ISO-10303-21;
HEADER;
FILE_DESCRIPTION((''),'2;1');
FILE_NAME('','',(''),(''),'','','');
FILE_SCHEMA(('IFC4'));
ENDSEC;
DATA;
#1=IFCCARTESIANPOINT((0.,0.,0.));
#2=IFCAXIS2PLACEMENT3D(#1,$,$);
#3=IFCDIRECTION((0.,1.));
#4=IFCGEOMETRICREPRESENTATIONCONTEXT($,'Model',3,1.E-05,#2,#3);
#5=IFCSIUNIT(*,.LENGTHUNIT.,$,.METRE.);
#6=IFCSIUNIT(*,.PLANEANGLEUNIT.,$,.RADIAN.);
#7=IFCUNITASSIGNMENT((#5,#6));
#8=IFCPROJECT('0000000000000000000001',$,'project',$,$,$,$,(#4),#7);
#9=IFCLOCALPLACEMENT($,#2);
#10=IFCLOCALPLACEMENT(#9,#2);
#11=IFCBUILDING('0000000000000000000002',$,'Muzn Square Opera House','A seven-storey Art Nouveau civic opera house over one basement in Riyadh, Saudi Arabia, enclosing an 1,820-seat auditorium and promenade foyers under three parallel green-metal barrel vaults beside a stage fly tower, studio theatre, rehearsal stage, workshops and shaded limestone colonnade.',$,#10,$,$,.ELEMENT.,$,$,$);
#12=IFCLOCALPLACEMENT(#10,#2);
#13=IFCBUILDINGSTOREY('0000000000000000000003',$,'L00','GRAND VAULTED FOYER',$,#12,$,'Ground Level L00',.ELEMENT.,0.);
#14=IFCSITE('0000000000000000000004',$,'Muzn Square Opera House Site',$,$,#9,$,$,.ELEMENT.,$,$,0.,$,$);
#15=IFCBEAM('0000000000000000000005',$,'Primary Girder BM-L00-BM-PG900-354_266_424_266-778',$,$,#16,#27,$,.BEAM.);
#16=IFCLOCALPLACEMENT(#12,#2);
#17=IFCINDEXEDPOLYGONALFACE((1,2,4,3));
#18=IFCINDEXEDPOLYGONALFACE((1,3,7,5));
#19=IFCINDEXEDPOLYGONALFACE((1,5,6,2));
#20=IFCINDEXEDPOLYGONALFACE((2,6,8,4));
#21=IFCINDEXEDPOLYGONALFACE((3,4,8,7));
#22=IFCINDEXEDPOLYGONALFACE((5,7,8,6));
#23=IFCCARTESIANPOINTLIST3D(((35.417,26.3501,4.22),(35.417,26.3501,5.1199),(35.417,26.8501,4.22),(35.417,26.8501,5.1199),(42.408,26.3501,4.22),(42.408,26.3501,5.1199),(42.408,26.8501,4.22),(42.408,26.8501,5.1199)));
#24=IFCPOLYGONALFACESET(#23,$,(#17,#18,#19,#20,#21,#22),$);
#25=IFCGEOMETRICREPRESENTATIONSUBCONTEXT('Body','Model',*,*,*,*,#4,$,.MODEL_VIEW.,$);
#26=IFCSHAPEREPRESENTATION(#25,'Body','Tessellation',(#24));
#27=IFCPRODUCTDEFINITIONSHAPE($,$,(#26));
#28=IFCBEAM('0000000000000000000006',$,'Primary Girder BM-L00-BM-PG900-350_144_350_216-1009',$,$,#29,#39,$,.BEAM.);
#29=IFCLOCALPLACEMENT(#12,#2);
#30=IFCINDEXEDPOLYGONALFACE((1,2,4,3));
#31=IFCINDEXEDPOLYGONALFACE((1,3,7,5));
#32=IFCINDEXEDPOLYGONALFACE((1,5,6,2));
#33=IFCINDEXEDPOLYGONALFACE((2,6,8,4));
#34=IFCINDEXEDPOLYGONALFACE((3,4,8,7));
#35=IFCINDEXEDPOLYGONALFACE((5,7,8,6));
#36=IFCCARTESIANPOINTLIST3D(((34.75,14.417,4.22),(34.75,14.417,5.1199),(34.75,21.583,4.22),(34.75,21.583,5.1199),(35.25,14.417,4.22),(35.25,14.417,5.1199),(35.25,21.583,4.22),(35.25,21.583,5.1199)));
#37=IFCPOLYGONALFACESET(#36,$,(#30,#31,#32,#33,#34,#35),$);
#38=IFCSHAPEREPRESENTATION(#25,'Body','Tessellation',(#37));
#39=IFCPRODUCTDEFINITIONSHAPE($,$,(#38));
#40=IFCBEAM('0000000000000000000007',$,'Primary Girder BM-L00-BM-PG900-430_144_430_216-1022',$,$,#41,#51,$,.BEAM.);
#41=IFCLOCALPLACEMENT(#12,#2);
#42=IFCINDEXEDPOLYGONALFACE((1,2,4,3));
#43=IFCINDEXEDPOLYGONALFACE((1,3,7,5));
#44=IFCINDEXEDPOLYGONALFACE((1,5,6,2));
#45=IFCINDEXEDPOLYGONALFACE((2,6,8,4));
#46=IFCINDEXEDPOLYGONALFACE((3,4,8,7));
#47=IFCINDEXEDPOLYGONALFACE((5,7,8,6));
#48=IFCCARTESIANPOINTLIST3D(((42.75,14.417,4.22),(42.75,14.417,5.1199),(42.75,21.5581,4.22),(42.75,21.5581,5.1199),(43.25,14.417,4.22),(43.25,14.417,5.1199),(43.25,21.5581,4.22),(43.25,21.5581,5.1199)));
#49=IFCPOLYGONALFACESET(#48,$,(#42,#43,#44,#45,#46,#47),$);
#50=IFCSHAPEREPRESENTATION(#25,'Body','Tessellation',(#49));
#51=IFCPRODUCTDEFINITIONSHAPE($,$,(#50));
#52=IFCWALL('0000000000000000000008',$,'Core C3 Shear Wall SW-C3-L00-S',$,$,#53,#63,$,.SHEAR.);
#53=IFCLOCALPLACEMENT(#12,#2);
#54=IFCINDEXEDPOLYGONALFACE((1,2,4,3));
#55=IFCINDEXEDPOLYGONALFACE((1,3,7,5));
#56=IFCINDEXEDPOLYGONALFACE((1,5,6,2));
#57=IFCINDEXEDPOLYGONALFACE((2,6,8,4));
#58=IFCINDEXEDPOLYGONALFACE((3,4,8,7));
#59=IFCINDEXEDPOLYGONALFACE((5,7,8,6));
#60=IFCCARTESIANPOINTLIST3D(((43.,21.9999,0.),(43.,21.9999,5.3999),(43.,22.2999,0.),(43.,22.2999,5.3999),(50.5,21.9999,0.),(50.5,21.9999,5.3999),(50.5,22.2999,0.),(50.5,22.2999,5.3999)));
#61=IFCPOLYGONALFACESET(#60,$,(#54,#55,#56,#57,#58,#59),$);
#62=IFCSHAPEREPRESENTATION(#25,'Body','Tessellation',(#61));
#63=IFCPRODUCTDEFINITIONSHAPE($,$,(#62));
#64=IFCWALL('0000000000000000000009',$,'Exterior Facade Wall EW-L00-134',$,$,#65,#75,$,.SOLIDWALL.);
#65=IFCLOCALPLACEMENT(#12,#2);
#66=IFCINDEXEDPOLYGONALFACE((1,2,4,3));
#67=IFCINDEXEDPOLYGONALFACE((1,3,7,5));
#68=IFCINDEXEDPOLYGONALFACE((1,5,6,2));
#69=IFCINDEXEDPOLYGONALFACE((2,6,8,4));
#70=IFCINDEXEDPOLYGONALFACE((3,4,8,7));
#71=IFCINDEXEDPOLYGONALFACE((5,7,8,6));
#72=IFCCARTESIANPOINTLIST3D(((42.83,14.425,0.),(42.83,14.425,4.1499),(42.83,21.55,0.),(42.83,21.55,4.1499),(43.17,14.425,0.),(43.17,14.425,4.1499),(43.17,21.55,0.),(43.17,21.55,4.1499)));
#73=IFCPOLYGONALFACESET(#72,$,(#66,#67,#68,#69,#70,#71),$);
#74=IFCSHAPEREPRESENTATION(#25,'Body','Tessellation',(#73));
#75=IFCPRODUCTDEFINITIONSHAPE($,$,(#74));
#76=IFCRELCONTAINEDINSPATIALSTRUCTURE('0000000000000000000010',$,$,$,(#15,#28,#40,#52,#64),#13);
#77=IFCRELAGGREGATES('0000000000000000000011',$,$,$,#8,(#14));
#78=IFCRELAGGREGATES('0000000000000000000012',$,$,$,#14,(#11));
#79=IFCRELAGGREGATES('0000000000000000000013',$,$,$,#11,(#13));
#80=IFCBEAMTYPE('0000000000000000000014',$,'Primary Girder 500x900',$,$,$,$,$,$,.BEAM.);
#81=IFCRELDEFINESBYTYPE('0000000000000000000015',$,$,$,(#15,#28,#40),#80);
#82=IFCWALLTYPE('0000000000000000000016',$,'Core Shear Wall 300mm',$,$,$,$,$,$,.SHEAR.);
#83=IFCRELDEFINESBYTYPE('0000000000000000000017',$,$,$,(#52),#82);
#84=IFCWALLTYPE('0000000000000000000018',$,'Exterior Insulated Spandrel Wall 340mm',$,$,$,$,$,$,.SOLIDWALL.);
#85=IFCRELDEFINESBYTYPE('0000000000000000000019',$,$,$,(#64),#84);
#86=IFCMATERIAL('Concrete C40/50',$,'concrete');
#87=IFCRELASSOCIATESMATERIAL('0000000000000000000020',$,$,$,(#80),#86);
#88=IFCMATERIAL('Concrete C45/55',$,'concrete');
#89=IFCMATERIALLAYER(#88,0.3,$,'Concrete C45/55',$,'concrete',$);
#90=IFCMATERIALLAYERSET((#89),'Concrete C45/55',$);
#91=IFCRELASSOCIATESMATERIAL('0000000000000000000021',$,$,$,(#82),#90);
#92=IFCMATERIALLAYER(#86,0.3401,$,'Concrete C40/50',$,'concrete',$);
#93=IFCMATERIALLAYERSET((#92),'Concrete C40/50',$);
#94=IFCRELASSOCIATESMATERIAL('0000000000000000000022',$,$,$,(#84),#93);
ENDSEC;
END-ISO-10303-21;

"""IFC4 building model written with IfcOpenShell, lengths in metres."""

from ifc_helpers import new_model, si_unit, direction, frame, frame_2d, origin, origin_2d, place, context, subcontext, project, spatial, rectangle, extrude, material, layer, layer_set, material_profile, profile_set, type_object, element, save


model = new_model("IFC4")

# Units and contexts
model_context = context("Model", 3, precision=1e-05, world=origin(), true_north=direction((0.0, 1.0)))
body_context = subcontext(model_context, "Body", "Model", "MODEL_VIEW")
ifc_project = project(units=[si_unit("LENGTHUNIT", "METRE"), si_unit("PLANEANGLEUNIT", "RADIAN")], contexts=[model_context])

# Site, building, storey
site_placement = place(None, origin())
site = spatial("IfcSite", under=ifc_project, at=site_placement, Name="Muzn Square Opera House Site", CompositionType="ELEMENT", RefElevation=0.0)
building_placement = place(site_placement, origin())
building = spatial("IfcBuilding", under=site, at=building_placement, Name="Muzn Square Opera House", Description="A seven-storey Art Nouveau civic opera house over one basement in Riyadh, Saudi Arabia, enclosing an 1,820-seat auditorium and promenade foyers under three parallel green-metal barrel vaults beside a stage fly tower, studio theatre, rehearsal stage, workshops and shaded limestone colonnade.", CompositionType="ELEMENT")
storey_placement = place(building_placement, origin())
storey = spatial("IfcBuildingStorey", under=building, at=storey_placement, Name="L00", Description="GRAND VAULTED FOYER", LongName="Ground Level L00", CompositionType="ELEMENT", Elevation=0.0)

# Shared definitions
ifc_material_1 = material(Name="Concrete C45/55", Category="concrete")

# Beams
ifc_material_2 = material(Name="Concrete C40/50", Category="concrete")
ifc_material_profile_1 = material_profile(ifc_material_2, rectangle(XDim=0.5, YDim=0.8999, at=origin_2d()), Name="RCB 500x900", Category="concrete")
ifc_profile_set_1 = profile_set([ifc_material_profile_1], Name="Concrete C40/50")
beam_type_1 = type_object("IfcBeamType", Name="Primary Girder 500x900", PredefinedType="BEAM", material=ifc_profile_set_1)
beam_1_placement = place(storey_placement, frame((35.417, 26.6001, 4.6699), z_axis=(1.0, 0.0, 0.0), x_axis=(0.0, 1.0, 0.0)))
element("IfcBeam", 1, at=beam_1_placement, inside=storey, type_object=beam_type_1, Name="Primary Girder BM-L00-BM-PG900-354_266_424_266-778", PredefinedType="BEAM", context=body_context, shape_type="SweptSolid", body=[
    extrude(rectangle(XDim=0.5, YDim=0.8999, at=origin_2d()), origin(), (0.0, 0.0, 1.0), 6.991),
])
beam_2_placement = place(storey_placement, frame((35.0, 14.417, 4.6699), z_axis=(0.0, 1.0, 0.0), x_axis=(-1.0, 0.0, 0.0)))
element("IfcBeam", 2, at=beam_2_placement, inside=storey, type_object=beam_type_1, Name="Primary Girder BM-L00-BM-PG900-350_144_350_216-1009", PredefinedType="BEAM", context=body_context, shape_type="SweptSolid", body=[
    extrude(rectangle(XDim=0.5, YDim=0.8999, at=origin_2d()), origin(), (0.0, 0.0, 1.0), 7.166),
])
beam_3_placement = place(storey_placement, frame((43.0, 14.417, 4.6699), z_axis=(0.0, 1.0, 0.0), x_axis=(-1.0, 0.0, 0.0)))
element("IfcBeam", 3, at=beam_3_placement, inside=storey, type_object=beam_type_1, Name="Primary Girder BM-L00-BM-PG900-430_144_430_216-1022", PredefinedType="BEAM", context=body_context, shape_type="SweptSolid", body=[
    extrude(rectangle(XDim=0.5, YDim=0.8999, at=origin_2d()), origin(), (0.0, 0.0, 1.0), 7.1411),
])

# Walls
ifc_layer_1 = layer(ifc_material_1, 0.3, Name="Concrete C45/55", Category="concrete")
ifc_layer_set_1 = layer_set([ifc_layer_1], Name="Concrete C45/55")
wall_type_1 = type_object("IfcWallType", Name="Core Shear Wall 300mm", PredefinedType="SHEAR", material=ifc_layer_set_1)
wall_1_placement = place(storey_placement, frame((43.0, 22.1499, 0.0), z_axis=(0.0, 0.0, 1.0), x_axis=(1.0, 0.0, 0.0)))
element("IfcWall", 4, at=wall_1_placement, inside=storey, type_object=wall_type_1, Name="Core C3 Shear Wall SW-C3-L00-S", PredefinedType="SHEAR", context=body_context, shape_type="SweptSolid", body=[
    extrude(rectangle(XDim=7.5, YDim=0.3, at=frame_2d((3.75, 0.0))), origin(), (0.0, 0.0, 1.0), 5.3999),
])
ifc_layer_2 = layer(ifc_material_2, 0.3401, Name="Concrete C40/50", Category="concrete")
ifc_layer_set_2 = layer_set([ifc_layer_2], Name="Concrete C40/50")
wall_type_2 = type_object("IfcWallType", Name="Exterior Insulated Spandrel Wall 340mm", PredefinedType="SOLIDWALL", material=ifc_layer_set_2)
wall_2_placement = place(storey_placement, frame((43.0, 14.425, 0.0), z_axis=(0.0, 0.0, 1.0), x_axis=(0.0, 1.0, 0.0)))
element("IfcWall", 5, at=wall_2_placement, inside=storey, type_object=wall_type_2, Name="Exterior Facade Wall EW-L00-134", PredefinedType="SOLIDWALL", context=body_context, shape_type="SweptSolid", body=[
    extrude(rectangle(XDim=7.125, YDim=0.3401, at=frame_2d((3.5625, 0.0))), origin(), (0.0, 0.0, 1.0), 4.1499),
])

save(model, "model.ifc")
